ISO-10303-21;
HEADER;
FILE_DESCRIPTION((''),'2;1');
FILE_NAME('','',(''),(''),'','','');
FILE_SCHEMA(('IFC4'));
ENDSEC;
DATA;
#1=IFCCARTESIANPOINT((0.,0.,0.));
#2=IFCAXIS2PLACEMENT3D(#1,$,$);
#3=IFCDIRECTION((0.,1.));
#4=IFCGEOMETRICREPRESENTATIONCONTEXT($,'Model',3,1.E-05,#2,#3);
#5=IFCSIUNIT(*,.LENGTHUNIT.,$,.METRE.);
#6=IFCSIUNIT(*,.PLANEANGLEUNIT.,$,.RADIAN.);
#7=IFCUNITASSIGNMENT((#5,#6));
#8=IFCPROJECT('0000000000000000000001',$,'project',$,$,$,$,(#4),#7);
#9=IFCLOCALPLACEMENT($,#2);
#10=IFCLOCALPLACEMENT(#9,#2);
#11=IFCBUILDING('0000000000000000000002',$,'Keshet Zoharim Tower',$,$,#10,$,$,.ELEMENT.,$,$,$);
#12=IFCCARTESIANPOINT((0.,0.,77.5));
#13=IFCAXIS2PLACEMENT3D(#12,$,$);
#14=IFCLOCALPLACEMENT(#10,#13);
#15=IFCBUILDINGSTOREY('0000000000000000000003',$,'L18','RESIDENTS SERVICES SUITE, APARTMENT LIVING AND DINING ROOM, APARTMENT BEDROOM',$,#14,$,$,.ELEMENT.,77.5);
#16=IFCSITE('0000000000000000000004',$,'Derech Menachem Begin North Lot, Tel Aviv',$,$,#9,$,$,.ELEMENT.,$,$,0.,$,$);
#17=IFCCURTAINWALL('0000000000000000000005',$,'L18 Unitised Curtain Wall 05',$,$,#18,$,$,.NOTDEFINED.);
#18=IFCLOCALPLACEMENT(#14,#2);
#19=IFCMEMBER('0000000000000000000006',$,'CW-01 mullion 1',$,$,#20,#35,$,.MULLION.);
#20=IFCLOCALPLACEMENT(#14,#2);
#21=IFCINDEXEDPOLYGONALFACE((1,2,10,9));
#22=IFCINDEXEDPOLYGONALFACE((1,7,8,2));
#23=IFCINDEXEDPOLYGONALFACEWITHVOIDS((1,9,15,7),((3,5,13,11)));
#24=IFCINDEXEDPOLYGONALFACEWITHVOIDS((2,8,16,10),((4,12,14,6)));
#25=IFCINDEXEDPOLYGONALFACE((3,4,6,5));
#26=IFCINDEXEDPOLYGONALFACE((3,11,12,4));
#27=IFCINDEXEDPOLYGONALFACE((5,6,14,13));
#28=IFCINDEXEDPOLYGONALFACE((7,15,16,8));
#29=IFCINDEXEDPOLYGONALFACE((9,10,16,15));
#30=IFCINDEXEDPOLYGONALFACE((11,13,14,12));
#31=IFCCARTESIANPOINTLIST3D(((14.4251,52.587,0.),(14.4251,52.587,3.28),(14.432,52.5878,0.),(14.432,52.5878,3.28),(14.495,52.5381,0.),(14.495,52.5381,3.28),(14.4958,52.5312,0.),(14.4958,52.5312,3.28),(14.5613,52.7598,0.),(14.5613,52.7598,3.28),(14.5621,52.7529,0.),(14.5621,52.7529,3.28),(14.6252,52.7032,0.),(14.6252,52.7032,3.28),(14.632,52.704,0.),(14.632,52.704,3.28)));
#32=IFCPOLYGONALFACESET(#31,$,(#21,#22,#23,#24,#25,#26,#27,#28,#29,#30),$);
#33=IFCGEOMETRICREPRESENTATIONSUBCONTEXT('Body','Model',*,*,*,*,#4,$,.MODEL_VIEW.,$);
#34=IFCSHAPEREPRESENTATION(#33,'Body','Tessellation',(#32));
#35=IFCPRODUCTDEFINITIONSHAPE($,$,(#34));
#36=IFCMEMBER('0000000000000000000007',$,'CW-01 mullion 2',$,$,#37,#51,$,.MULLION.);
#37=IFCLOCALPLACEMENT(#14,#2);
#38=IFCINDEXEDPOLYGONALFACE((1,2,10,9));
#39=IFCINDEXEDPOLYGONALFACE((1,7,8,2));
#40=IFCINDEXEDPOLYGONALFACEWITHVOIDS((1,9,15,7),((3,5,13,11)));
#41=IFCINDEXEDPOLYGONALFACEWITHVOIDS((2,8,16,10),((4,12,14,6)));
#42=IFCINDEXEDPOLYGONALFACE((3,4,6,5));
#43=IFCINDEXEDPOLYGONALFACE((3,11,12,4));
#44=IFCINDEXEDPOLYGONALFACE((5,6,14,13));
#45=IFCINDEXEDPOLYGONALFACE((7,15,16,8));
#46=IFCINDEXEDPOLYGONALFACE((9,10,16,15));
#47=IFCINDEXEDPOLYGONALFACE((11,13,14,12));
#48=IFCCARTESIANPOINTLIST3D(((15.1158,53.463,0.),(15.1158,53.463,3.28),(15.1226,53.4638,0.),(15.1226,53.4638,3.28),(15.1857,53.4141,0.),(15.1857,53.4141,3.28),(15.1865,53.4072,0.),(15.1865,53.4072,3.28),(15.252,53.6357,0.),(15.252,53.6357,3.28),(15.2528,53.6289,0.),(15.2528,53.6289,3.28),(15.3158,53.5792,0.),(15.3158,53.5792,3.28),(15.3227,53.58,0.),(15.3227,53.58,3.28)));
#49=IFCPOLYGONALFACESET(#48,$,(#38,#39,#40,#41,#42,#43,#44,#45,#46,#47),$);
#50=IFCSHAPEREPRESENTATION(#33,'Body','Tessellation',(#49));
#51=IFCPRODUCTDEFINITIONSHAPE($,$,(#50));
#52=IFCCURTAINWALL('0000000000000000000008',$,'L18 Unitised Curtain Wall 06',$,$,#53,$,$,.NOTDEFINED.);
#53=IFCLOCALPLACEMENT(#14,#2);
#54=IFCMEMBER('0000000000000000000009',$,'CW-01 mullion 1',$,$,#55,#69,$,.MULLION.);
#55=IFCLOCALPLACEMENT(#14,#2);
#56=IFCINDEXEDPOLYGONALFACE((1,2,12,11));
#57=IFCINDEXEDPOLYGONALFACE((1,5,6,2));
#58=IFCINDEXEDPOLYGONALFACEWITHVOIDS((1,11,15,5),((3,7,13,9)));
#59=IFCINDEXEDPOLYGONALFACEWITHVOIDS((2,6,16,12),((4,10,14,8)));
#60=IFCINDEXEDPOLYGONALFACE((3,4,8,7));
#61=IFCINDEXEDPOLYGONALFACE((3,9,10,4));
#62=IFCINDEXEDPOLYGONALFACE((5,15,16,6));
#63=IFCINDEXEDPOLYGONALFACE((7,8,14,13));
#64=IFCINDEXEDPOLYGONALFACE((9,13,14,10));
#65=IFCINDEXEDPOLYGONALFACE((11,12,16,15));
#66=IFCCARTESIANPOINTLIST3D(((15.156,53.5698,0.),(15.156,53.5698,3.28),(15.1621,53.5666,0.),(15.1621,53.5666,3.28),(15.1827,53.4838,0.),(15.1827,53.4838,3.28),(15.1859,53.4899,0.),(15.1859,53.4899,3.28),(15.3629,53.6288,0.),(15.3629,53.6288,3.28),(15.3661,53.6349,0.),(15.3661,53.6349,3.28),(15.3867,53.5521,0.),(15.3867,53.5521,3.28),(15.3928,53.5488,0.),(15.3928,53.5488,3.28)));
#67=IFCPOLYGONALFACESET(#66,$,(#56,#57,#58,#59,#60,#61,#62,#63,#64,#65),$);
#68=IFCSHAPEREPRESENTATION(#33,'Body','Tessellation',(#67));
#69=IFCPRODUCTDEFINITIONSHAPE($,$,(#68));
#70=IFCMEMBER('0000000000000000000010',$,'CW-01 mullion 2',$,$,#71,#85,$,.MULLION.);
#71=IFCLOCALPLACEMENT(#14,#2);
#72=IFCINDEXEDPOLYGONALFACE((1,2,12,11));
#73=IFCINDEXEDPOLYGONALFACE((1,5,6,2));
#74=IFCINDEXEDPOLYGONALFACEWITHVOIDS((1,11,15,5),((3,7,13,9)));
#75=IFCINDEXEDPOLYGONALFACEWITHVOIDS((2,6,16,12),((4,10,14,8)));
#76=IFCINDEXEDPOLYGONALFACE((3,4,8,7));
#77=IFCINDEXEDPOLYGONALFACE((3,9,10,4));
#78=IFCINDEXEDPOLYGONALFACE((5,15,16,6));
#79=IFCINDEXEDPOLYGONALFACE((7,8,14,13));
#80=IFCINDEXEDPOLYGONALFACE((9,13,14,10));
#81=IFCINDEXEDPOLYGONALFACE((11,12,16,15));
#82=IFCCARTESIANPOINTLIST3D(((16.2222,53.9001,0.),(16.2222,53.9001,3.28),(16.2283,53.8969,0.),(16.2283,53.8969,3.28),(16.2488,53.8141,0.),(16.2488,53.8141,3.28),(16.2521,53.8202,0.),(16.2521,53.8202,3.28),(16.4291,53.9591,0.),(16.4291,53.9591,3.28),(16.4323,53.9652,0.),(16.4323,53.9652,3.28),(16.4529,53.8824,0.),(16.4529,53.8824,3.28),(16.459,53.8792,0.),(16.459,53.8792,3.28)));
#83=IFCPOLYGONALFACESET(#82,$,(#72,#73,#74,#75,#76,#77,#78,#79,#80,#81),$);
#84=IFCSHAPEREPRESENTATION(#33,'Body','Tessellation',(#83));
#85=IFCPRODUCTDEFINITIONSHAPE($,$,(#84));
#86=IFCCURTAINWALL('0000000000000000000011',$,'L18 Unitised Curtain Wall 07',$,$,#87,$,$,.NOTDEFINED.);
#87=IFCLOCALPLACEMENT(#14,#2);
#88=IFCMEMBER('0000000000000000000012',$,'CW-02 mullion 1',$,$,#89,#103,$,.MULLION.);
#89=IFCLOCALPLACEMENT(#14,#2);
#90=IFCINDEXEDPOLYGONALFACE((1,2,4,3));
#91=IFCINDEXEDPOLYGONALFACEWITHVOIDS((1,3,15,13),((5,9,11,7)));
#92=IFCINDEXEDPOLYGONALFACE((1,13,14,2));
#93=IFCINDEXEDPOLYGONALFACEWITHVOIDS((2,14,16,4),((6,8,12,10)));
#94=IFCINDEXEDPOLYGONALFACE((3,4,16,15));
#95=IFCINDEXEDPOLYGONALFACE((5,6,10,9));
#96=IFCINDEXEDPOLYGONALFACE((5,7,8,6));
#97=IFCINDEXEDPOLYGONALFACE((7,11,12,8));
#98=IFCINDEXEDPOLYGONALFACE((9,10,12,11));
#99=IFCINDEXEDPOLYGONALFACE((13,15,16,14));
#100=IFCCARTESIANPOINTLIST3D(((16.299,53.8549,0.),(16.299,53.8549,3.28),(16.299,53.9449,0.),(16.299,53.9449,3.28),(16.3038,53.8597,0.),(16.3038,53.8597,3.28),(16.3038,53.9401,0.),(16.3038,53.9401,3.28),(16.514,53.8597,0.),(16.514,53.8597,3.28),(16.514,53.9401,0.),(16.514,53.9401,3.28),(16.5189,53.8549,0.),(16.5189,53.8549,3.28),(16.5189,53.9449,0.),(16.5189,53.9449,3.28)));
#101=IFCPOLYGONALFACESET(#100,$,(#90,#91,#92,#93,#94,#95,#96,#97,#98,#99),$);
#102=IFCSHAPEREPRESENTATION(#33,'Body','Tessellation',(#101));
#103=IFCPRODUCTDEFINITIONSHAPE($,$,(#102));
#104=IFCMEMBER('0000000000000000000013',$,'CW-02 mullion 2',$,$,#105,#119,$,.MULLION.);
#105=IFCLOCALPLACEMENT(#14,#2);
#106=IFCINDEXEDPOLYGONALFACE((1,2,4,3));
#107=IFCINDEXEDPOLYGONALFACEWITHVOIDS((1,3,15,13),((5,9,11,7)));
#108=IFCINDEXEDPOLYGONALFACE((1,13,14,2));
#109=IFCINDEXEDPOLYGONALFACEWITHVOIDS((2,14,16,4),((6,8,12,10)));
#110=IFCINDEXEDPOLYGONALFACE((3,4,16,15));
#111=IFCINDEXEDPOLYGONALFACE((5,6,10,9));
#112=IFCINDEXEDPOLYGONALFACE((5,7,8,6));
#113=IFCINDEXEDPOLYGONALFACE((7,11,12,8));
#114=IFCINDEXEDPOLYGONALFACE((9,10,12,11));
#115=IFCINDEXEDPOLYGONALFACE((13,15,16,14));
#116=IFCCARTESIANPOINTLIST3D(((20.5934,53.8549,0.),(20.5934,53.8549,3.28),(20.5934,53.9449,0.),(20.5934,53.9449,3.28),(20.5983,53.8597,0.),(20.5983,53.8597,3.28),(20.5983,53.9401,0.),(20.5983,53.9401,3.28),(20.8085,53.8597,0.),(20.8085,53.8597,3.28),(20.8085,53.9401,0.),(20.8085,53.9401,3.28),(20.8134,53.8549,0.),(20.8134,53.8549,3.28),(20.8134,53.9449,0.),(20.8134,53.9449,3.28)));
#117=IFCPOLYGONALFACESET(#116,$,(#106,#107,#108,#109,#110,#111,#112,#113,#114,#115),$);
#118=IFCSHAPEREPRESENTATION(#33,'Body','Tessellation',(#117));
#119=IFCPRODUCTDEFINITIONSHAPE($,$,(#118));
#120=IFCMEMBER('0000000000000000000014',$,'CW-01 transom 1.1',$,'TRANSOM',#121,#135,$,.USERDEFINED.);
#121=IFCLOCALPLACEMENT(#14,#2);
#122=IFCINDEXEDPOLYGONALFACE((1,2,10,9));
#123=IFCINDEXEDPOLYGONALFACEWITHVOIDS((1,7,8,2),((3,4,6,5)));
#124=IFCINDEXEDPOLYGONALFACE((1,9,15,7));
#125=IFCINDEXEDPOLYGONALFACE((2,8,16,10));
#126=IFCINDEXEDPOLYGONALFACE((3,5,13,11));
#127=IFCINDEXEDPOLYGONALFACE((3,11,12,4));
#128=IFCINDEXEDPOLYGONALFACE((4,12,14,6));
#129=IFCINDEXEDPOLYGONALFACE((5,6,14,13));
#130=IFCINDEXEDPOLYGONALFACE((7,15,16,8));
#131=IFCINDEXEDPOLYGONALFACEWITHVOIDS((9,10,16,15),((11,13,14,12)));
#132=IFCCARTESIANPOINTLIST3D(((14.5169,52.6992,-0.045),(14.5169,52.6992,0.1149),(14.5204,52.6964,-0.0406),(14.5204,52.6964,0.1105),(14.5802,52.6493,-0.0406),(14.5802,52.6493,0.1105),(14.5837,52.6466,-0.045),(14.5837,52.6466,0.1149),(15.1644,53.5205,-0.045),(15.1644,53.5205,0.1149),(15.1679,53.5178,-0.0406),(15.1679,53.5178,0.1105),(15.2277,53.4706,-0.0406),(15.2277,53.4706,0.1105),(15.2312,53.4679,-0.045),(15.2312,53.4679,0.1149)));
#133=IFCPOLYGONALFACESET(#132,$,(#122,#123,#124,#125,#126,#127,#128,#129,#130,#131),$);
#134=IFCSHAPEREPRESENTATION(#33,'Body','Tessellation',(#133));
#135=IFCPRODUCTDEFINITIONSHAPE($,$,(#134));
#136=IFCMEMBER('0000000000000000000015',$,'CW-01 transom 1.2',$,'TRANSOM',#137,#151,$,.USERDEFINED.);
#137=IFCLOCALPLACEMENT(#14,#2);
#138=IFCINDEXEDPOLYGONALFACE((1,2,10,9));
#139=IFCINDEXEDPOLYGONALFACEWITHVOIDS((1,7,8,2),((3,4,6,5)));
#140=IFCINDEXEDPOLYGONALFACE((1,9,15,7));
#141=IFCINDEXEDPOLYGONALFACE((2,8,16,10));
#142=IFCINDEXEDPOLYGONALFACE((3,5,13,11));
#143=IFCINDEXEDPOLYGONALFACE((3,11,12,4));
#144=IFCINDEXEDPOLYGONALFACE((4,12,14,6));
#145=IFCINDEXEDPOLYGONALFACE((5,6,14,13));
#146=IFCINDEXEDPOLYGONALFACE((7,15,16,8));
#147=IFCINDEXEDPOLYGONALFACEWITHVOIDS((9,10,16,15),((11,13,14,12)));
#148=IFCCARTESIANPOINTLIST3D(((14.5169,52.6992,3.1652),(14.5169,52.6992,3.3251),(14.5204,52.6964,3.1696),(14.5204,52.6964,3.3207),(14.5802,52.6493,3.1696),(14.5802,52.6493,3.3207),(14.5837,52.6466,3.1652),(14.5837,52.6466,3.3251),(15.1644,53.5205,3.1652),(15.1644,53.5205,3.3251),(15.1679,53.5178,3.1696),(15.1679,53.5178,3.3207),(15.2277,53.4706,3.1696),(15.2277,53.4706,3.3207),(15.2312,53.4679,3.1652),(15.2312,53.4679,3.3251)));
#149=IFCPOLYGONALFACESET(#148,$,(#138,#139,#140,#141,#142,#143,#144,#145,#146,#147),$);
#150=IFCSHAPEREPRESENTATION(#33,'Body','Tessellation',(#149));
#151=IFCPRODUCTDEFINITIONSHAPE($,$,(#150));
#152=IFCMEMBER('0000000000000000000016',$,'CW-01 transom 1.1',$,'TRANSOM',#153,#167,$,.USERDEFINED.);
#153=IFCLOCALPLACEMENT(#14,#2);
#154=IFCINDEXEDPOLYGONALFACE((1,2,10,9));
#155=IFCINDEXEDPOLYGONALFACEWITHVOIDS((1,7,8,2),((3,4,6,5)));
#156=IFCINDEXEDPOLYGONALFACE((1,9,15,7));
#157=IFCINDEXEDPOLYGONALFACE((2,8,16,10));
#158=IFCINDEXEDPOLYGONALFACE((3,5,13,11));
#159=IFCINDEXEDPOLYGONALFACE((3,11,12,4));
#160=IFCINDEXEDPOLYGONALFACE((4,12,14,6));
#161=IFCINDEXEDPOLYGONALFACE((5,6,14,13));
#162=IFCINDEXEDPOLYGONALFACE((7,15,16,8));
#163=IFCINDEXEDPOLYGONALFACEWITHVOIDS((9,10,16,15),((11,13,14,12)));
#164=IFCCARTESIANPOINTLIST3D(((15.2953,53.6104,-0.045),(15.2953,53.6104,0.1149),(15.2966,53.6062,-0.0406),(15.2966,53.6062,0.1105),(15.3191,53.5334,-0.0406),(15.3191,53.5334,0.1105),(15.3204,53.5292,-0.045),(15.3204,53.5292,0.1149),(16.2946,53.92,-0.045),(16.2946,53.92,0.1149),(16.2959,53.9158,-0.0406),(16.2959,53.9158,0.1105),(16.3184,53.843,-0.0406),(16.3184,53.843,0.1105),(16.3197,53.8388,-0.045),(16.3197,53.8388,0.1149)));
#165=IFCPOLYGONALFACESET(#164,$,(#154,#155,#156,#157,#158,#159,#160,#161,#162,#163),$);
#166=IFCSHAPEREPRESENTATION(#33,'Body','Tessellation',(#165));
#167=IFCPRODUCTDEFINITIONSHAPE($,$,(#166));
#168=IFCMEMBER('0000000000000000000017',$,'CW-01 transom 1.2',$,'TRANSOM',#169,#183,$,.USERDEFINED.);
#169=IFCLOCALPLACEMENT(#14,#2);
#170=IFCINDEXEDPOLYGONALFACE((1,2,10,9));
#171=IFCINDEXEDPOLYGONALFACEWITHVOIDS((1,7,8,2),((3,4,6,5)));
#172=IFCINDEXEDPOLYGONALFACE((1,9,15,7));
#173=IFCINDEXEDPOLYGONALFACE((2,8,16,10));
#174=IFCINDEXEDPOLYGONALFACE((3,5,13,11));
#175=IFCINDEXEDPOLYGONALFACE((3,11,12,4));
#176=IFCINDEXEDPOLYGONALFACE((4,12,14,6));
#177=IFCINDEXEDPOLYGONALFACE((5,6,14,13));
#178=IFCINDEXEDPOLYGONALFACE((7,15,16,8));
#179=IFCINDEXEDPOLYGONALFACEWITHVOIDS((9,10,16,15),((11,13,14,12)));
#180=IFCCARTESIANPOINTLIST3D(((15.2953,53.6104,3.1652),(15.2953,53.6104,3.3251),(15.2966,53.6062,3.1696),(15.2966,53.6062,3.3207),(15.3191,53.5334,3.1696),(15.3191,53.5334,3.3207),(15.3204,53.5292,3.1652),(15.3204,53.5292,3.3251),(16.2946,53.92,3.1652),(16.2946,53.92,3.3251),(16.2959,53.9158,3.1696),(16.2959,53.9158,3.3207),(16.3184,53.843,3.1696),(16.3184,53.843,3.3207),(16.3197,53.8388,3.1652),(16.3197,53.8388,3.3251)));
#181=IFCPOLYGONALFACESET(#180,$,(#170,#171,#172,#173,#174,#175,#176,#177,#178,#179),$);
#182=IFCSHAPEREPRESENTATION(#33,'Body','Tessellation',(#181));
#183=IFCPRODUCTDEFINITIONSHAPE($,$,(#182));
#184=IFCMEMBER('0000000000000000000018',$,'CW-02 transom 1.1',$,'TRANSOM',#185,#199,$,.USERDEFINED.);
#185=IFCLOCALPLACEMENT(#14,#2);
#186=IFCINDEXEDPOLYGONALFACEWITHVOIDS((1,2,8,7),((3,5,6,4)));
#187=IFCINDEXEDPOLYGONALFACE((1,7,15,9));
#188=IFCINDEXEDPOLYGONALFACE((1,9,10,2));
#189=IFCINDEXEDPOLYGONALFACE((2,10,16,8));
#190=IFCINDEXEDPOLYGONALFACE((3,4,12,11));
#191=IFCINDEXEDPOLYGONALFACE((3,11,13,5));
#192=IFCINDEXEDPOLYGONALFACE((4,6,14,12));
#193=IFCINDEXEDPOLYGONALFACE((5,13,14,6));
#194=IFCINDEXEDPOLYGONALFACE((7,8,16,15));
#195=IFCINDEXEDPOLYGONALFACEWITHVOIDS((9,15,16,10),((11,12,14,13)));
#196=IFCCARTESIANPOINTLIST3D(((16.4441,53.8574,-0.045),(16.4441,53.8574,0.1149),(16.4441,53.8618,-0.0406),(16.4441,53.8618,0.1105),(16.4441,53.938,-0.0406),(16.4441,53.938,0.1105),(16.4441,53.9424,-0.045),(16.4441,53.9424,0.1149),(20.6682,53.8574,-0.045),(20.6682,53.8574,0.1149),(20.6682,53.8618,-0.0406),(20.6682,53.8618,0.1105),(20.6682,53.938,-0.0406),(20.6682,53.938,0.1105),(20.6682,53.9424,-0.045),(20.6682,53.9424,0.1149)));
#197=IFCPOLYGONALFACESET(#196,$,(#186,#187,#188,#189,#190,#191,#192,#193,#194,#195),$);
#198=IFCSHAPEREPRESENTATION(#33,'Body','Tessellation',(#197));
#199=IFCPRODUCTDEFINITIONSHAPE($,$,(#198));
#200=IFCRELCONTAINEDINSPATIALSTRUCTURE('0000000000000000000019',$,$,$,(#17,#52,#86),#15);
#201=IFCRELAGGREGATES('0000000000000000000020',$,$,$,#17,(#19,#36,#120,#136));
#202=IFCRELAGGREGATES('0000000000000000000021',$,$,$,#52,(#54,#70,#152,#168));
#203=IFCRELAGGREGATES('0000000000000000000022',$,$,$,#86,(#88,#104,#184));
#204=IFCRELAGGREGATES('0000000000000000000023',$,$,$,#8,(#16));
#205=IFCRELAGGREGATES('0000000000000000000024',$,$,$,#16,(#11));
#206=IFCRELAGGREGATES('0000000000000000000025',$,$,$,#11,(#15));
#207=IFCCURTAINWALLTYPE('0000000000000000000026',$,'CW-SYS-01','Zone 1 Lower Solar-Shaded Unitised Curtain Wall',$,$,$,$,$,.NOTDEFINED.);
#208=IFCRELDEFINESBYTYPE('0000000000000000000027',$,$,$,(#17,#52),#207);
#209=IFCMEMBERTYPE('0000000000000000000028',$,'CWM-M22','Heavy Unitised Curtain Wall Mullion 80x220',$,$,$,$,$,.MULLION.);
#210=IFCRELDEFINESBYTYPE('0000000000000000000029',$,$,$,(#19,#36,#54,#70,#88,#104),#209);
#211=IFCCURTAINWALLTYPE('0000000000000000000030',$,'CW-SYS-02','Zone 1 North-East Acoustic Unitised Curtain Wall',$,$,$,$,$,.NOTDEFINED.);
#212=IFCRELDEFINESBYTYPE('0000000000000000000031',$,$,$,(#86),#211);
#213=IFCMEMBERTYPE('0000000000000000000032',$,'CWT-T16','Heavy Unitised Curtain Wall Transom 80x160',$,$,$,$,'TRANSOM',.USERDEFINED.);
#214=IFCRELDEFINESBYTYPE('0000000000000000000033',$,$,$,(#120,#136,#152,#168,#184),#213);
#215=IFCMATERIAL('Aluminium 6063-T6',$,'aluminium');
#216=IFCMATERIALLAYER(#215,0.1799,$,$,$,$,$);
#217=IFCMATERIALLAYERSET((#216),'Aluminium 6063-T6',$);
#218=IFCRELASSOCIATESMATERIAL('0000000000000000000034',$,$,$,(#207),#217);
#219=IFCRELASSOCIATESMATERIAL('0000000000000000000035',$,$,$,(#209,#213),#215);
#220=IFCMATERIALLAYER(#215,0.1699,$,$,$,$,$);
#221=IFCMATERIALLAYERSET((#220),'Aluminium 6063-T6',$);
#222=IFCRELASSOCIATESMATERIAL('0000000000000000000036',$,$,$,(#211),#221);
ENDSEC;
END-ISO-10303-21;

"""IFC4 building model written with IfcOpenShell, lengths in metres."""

from ifc_helpers import new_model, si_unit, direction, frame, origin, origin_2d, place, context, subcontext, project, spatial, hollow_rectangle, extrude, material, layer, layer_set, material_profile, profile_set, type_object, element, aggregate, save


model = new_model("IFC4")

# Units and contexts
model_context = context("Model", 3, precision=1e-05, world=origin(), true_north=direction((0.0, 1.0)))
body_context = subcontext(model_context, "Body", "Model", "MODEL_VIEW")
ifc_project = project(units=[si_unit("LENGTHUNIT", "METRE"), si_unit("PLANEANGLEUNIT", "RADIAN")], contexts=[model_context])

# Site, building, storey
site_placement = place(None, origin())
site = spatial("IfcSite", under=ifc_project, at=site_placement, Name="Derech Menachem Begin North Lot, Tel Aviv", CompositionType="ELEMENT", RefElevation=0.0)
building_placement = place(site_placement, origin())
building = spatial("IfcBuilding", under=site, at=building_placement, Name="Keshet Zoharim Tower", CompositionType="ELEMENT")
storey_placement = place(building_placement, frame((0.0, 0.0, 77.5)))
storey = spatial("IfcBuildingStorey", under=building, at=storey_placement, Name="L18", Description="RESIDENTS SERVICES SUITE, APARTMENT LIVING AND DINING ROOM, APARTMENT BEDROOM", CompositionType="ELEMENT", Elevation=77.5)

# Curtain walls, members
ifc_material_1 = material(Name="Aluminium 6063-T6", Category="aluminium")
ifc_layer_1 = layer(ifc_material_1, 0.1799)
ifc_layer_set_1 = layer_set([ifc_layer_1], Name="Aluminium 6063-T6")
curtain_wall_type_1 = type_object("IfcCurtainWallType", Name="CW-SYS-01", Description="Zone 1 Lower Solar-Shaded Unitised Curtain Wall", PredefinedType="NOTDEFINED", material=ifc_layer_set_1)
curtain_wall_1_placement = place(storey_placement, origin())
curtain_wall_1 = element("IfcCurtainWall", 1, at=curtain_wall_1_placement, inside=storey, type_object=curtain_wall_type_1, Name="L18 Unitised Curtain Wall 05", PredefinedType="NOTDEFINED")
ifc_material_profile_1 = material_profile(ifc_material_1, hollow_rectangle(XDim=0.0901, YDim=0.22, WallThickness=0.0049, at=origin_2d()), Name="MUL-90x220")
ifc_profile_set_1 = profile_set([ifc_material_profile_1], Name="Aluminium 6063-T6")
member_type_1 = type_object("IfcMemberType", Name="CWM-M22", Description="Heavy Unitised Curtain Wall Mullion 80x220", PredefinedType="MULLION", material=ifc_profile_set_1)
member_1_placement = place(storey_placement, frame((14.5286, 52.6455, 0.0), z_axis=(0.0, 0.0, 1.0), x_axis=(-0.785293, 0.619125, 0.0)))
member_1 = element("IfcMember", 2, at=member_1_placement, type_object=member_type_1, Name="CW-01 mullion 1", PredefinedType="MULLION", context=body_context, shape_type="SweptSolid", body=[
    extrude(hollow_rectangle(XDim=0.0901, YDim=0.22, WallThickness=0.0049, at=origin_2d()), origin(), (0.0, 0.0, 1.0), 3.28),
])
member_2_placement = place(storey_placement, frame((15.2192, 53.5215, 0.0), z_axis=(0.0, 0.0, 1.0), x_axis=(-0.785293, 0.619125, 0.0)))
member_2 = element("IfcMember", 3, at=member_2_placement, type_object=member_type_1, Name="CW-01 mullion 2", PredefinedType="MULLION", context=body_context, shape_type="SweptSolid", body=[
    extrude(hollow_rectangle(XDim=0.0901, YDim=0.22, WallThickness=0.0049, at=origin_2d()), origin(), (0.0, 0.0, 1.0), 3.28),
])
curtain_wall_2_placement = place(storey_placement, origin())
curtain_wall_2 = element("IfcCurtainWall", 4, at=curtain_wall_2_placement, inside=storey, type_object=curtain_wall_type_1, Name="L18 Unitised Curtain Wall 06", PredefinedType="NOTDEFINED")
member_3_placement = place(storey_placement, frame((15.2744, 53.5593, 0.0), z_axis=(0.0, 0.0, 1.0), x_axis=(-0.295922, 0.955212, 0.0)))
member_3 = element("IfcMember", 5, at=member_3_placement, type_object=member_type_1, Name="CW-01 mullion 1", PredefinedType="MULLION", context=body_context, shape_type="SweptSolid", body=[
    extrude(hollow_rectangle(XDim=0.0901, YDim=0.22, WallThickness=0.0049, at=origin_2d()), origin(), (0.0, 0.0, 1.0), 3.28),
])
member_4_placement = place(storey_placement, frame((16.3406, 53.8896, 0.0), z_axis=(0.0, 0.0, 1.0), x_axis=(-0.295922, 0.955212, 0.0)))
member_4 = element("IfcMember", 6, at=member_4_placement, type_object=member_type_1, Name="CW-01 mullion 2", PredefinedType="MULLION", context=body_context, shape_type="SweptSolid", body=[
    extrude(hollow_rectangle(XDim=0.0901, YDim=0.22, WallThickness=0.0049, at=origin_2d()), origin(), (0.0, 0.0, 1.0), 3.28),
])
ifc_layer_2 = layer(ifc_material_1, 0.1699)
ifc_layer_set_2 = layer_set([ifc_layer_2], Name="Aluminium 6063-T6")
curtain_wall_type_2 = type_object("IfcCurtainWallType", Name="CW-SYS-02", Description="Zone 1 North-East Acoustic Unitised Curtain Wall", PredefinedType="NOTDEFINED", material=ifc_layer_set_2)
curtain_wall_3_placement = place(storey_placement, origin())
curtain_wall_3 = element("IfcCurtainWall", 7, at=curtain_wall_3_placement, inside=storey, type_object=curtain_wall_type_2, Name="L18 Unitised Curtain Wall 07", PredefinedType="NOTDEFINED")
member_5_placement = place(storey_placement, frame((16.4089, 53.8999, 0.0), z_axis=(0.0, 0.0, 1.0), x_axis=(0.0, 1.0, 0.0)))
member_5 = element("IfcMember", 8, at=member_5_placement, type_object=member_type_1, Name="CW-02 mullion 1", PredefinedType="MULLION", context=body_context, shape_type="SweptSolid", body=[
    extrude(hollow_rectangle(XDim=0.0901, YDim=0.22, WallThickness=0.0049, at=origin_2d()), origin(), (0.0, 0.0, 1.0), 3.28),
])
member_6_placement = place(storey_placement, frame((20.7034, 53.8999, 0.0), z_axis=(0.0, 0.0, 1.0), x_axis=(0.0, 1.0, 0.0)))
member_6 = element("IfcMember", 9, at=member_6_placement, type_object=member_type_1, Name="CW-02 mullion 2", PredefinedType="MULLION", context=body_context, shape_type="SweptSolid", body=[
    extrude(hollow_rectangle(XDim=0.0901, YDim=0.22, WallThickness=0.0049, at=origin_2d()), origin(), (0.0, 0.0, 1.0), 3.28),
])

# Members
ifc_material_profile_2 = material_profile(ifc_material_1, hollow_rectangle(XDim=0.085, YDim=0.1599, WallThickness=0.0044, at=origin_2d()), Name="TRN-85x160")
ifc_profile_set_2 = profile_set([ifc_material_profile_2], Name="Aluminium 6063-T6")
member_type_2 = type_object("IfcMemberType", Name="CWT-T16", Description="Heavy Unitised Curtain Wall Transom 80x160", ElementType="TRANSOM", PredefinedType="USERDEFINED", material=ifc_profile_set_2)
member_7_placement = place(storey_placement, frame((14.5503, 52.6729, 0.0349), z_axis=(0.619099, 0.785313, 0.0), x_axis=(-0.785313, 0.619099, 0.0)))
member_7 = element("IfcMember", 10, at=member_7_placement, type_object=member_type_2, Name="CW-01 transom 1.1", ObjectType="TRANSOM", PredefinedType="USERDEFINED", context=body_context, shape_type="SweptSolid", body=[
    extrude(hollow_rectangle(XDim=0.085, YDim=0.1599, WallThickness=0.0044, at=origin_2d()), origin(), (0.0, 0.0, 1.0), 1.0459),
])
member_8_placement = place(storey_placement, frame((14.5503, 52.6729, 3.2451), z_axis=(0.619099, 0.785313, 0.0), x_axis=(-0.785313, 0.619099, 0.0)))
member_8 = element("IfcMember", 11, at=member_8_placement, type_object=member_type_2, Name="CW-01 transom 1.2", ObjectType="TRANSOM", PredefinedType="USERDEFINED", context=body_context, shape_type="SweptSolid", body=[
    extrude(hollow_rectangle(XDim=0.085, YDim=0.1599, WallThickness=0.0044, at=origin_2d()), origin(), (0.0, 0.0, 1.0), 1.0459),
])
member_9_placement = place(storey_placement, frame((15.3079, 53.5698, 0.0349), z_axis=(0.955212, 0.295922, 0.0), x_axis=(-0.295922, 0.955212, 0.0)))
member_9 = element("IfcMember", 12, at=member_9_placement, type_object=member_type_2, Name="CW-01 transom 1.1", ObjectType="TRANSOM", PredefinedType="USERDEFINED", context=body_context, shape_type="SweptSolid", body=[
    extrude(hollow_rectangle(XDim=0.085, YDim=0.1599, WallThickness=0.0044, at=origin_2d()), origin(), (0.0, 0.0, 1.0), 1.0461),
])
member_10_placement = place(storey_placement, frame((15.3079, 53.5698, 3.2451), z_axis=(0.955212, 0.295922, 0.0), x_axis=(-0.295922, 0.955212, 0.0)))
member_10 = element("IfcMember", 13, at=member_10_placement, type_object=member_type_2, Name="CW-01 transom 1.2", ObjectType="TRANSOM", PredefinedType="USERDEFINED", context=body_context, shape_type="SweptSolid", body=[
    extrude(hollow_rectangle(XDim=0.085, YDim=0.1599, WallThickness=0.0044, at=origin_2d()), origin(), (0.0, 0.0, 1.0), 1.0461),
])
member_11_placement = place(storey_placement, frame((16.4441, 53.8999, 0.0349), z_axis=(1.0, 0.0, 0.0), x_axis=(0.0, 1.0, 0.0)))
member_11 = element("IfcMember", 14, at=member_11_placement, type_object=member_type_2, Name="CW-02 transom 1.1", ObjectType="TRANSOM", PredefinedType="USERDEFINED", context=body_context, shape_type="SweptSolid", body=[
    extrude(hollow_rectangle(XDim=0.085, YDim=0.1599, WallThickness=0.0044, at=origin_2d()), origin(), (0.0, 0.0, 1.0), 4.2241),
])

aggregate(curtain_wall_1, [member_1, member_2, member_7, member_8])
aggregate(curtain_wall_2, [member_3, member_4, member_9, member_10])
aggregate(curtain_wall_3, [member_5, member_6, member_11])

save(model, "model.ifc")
